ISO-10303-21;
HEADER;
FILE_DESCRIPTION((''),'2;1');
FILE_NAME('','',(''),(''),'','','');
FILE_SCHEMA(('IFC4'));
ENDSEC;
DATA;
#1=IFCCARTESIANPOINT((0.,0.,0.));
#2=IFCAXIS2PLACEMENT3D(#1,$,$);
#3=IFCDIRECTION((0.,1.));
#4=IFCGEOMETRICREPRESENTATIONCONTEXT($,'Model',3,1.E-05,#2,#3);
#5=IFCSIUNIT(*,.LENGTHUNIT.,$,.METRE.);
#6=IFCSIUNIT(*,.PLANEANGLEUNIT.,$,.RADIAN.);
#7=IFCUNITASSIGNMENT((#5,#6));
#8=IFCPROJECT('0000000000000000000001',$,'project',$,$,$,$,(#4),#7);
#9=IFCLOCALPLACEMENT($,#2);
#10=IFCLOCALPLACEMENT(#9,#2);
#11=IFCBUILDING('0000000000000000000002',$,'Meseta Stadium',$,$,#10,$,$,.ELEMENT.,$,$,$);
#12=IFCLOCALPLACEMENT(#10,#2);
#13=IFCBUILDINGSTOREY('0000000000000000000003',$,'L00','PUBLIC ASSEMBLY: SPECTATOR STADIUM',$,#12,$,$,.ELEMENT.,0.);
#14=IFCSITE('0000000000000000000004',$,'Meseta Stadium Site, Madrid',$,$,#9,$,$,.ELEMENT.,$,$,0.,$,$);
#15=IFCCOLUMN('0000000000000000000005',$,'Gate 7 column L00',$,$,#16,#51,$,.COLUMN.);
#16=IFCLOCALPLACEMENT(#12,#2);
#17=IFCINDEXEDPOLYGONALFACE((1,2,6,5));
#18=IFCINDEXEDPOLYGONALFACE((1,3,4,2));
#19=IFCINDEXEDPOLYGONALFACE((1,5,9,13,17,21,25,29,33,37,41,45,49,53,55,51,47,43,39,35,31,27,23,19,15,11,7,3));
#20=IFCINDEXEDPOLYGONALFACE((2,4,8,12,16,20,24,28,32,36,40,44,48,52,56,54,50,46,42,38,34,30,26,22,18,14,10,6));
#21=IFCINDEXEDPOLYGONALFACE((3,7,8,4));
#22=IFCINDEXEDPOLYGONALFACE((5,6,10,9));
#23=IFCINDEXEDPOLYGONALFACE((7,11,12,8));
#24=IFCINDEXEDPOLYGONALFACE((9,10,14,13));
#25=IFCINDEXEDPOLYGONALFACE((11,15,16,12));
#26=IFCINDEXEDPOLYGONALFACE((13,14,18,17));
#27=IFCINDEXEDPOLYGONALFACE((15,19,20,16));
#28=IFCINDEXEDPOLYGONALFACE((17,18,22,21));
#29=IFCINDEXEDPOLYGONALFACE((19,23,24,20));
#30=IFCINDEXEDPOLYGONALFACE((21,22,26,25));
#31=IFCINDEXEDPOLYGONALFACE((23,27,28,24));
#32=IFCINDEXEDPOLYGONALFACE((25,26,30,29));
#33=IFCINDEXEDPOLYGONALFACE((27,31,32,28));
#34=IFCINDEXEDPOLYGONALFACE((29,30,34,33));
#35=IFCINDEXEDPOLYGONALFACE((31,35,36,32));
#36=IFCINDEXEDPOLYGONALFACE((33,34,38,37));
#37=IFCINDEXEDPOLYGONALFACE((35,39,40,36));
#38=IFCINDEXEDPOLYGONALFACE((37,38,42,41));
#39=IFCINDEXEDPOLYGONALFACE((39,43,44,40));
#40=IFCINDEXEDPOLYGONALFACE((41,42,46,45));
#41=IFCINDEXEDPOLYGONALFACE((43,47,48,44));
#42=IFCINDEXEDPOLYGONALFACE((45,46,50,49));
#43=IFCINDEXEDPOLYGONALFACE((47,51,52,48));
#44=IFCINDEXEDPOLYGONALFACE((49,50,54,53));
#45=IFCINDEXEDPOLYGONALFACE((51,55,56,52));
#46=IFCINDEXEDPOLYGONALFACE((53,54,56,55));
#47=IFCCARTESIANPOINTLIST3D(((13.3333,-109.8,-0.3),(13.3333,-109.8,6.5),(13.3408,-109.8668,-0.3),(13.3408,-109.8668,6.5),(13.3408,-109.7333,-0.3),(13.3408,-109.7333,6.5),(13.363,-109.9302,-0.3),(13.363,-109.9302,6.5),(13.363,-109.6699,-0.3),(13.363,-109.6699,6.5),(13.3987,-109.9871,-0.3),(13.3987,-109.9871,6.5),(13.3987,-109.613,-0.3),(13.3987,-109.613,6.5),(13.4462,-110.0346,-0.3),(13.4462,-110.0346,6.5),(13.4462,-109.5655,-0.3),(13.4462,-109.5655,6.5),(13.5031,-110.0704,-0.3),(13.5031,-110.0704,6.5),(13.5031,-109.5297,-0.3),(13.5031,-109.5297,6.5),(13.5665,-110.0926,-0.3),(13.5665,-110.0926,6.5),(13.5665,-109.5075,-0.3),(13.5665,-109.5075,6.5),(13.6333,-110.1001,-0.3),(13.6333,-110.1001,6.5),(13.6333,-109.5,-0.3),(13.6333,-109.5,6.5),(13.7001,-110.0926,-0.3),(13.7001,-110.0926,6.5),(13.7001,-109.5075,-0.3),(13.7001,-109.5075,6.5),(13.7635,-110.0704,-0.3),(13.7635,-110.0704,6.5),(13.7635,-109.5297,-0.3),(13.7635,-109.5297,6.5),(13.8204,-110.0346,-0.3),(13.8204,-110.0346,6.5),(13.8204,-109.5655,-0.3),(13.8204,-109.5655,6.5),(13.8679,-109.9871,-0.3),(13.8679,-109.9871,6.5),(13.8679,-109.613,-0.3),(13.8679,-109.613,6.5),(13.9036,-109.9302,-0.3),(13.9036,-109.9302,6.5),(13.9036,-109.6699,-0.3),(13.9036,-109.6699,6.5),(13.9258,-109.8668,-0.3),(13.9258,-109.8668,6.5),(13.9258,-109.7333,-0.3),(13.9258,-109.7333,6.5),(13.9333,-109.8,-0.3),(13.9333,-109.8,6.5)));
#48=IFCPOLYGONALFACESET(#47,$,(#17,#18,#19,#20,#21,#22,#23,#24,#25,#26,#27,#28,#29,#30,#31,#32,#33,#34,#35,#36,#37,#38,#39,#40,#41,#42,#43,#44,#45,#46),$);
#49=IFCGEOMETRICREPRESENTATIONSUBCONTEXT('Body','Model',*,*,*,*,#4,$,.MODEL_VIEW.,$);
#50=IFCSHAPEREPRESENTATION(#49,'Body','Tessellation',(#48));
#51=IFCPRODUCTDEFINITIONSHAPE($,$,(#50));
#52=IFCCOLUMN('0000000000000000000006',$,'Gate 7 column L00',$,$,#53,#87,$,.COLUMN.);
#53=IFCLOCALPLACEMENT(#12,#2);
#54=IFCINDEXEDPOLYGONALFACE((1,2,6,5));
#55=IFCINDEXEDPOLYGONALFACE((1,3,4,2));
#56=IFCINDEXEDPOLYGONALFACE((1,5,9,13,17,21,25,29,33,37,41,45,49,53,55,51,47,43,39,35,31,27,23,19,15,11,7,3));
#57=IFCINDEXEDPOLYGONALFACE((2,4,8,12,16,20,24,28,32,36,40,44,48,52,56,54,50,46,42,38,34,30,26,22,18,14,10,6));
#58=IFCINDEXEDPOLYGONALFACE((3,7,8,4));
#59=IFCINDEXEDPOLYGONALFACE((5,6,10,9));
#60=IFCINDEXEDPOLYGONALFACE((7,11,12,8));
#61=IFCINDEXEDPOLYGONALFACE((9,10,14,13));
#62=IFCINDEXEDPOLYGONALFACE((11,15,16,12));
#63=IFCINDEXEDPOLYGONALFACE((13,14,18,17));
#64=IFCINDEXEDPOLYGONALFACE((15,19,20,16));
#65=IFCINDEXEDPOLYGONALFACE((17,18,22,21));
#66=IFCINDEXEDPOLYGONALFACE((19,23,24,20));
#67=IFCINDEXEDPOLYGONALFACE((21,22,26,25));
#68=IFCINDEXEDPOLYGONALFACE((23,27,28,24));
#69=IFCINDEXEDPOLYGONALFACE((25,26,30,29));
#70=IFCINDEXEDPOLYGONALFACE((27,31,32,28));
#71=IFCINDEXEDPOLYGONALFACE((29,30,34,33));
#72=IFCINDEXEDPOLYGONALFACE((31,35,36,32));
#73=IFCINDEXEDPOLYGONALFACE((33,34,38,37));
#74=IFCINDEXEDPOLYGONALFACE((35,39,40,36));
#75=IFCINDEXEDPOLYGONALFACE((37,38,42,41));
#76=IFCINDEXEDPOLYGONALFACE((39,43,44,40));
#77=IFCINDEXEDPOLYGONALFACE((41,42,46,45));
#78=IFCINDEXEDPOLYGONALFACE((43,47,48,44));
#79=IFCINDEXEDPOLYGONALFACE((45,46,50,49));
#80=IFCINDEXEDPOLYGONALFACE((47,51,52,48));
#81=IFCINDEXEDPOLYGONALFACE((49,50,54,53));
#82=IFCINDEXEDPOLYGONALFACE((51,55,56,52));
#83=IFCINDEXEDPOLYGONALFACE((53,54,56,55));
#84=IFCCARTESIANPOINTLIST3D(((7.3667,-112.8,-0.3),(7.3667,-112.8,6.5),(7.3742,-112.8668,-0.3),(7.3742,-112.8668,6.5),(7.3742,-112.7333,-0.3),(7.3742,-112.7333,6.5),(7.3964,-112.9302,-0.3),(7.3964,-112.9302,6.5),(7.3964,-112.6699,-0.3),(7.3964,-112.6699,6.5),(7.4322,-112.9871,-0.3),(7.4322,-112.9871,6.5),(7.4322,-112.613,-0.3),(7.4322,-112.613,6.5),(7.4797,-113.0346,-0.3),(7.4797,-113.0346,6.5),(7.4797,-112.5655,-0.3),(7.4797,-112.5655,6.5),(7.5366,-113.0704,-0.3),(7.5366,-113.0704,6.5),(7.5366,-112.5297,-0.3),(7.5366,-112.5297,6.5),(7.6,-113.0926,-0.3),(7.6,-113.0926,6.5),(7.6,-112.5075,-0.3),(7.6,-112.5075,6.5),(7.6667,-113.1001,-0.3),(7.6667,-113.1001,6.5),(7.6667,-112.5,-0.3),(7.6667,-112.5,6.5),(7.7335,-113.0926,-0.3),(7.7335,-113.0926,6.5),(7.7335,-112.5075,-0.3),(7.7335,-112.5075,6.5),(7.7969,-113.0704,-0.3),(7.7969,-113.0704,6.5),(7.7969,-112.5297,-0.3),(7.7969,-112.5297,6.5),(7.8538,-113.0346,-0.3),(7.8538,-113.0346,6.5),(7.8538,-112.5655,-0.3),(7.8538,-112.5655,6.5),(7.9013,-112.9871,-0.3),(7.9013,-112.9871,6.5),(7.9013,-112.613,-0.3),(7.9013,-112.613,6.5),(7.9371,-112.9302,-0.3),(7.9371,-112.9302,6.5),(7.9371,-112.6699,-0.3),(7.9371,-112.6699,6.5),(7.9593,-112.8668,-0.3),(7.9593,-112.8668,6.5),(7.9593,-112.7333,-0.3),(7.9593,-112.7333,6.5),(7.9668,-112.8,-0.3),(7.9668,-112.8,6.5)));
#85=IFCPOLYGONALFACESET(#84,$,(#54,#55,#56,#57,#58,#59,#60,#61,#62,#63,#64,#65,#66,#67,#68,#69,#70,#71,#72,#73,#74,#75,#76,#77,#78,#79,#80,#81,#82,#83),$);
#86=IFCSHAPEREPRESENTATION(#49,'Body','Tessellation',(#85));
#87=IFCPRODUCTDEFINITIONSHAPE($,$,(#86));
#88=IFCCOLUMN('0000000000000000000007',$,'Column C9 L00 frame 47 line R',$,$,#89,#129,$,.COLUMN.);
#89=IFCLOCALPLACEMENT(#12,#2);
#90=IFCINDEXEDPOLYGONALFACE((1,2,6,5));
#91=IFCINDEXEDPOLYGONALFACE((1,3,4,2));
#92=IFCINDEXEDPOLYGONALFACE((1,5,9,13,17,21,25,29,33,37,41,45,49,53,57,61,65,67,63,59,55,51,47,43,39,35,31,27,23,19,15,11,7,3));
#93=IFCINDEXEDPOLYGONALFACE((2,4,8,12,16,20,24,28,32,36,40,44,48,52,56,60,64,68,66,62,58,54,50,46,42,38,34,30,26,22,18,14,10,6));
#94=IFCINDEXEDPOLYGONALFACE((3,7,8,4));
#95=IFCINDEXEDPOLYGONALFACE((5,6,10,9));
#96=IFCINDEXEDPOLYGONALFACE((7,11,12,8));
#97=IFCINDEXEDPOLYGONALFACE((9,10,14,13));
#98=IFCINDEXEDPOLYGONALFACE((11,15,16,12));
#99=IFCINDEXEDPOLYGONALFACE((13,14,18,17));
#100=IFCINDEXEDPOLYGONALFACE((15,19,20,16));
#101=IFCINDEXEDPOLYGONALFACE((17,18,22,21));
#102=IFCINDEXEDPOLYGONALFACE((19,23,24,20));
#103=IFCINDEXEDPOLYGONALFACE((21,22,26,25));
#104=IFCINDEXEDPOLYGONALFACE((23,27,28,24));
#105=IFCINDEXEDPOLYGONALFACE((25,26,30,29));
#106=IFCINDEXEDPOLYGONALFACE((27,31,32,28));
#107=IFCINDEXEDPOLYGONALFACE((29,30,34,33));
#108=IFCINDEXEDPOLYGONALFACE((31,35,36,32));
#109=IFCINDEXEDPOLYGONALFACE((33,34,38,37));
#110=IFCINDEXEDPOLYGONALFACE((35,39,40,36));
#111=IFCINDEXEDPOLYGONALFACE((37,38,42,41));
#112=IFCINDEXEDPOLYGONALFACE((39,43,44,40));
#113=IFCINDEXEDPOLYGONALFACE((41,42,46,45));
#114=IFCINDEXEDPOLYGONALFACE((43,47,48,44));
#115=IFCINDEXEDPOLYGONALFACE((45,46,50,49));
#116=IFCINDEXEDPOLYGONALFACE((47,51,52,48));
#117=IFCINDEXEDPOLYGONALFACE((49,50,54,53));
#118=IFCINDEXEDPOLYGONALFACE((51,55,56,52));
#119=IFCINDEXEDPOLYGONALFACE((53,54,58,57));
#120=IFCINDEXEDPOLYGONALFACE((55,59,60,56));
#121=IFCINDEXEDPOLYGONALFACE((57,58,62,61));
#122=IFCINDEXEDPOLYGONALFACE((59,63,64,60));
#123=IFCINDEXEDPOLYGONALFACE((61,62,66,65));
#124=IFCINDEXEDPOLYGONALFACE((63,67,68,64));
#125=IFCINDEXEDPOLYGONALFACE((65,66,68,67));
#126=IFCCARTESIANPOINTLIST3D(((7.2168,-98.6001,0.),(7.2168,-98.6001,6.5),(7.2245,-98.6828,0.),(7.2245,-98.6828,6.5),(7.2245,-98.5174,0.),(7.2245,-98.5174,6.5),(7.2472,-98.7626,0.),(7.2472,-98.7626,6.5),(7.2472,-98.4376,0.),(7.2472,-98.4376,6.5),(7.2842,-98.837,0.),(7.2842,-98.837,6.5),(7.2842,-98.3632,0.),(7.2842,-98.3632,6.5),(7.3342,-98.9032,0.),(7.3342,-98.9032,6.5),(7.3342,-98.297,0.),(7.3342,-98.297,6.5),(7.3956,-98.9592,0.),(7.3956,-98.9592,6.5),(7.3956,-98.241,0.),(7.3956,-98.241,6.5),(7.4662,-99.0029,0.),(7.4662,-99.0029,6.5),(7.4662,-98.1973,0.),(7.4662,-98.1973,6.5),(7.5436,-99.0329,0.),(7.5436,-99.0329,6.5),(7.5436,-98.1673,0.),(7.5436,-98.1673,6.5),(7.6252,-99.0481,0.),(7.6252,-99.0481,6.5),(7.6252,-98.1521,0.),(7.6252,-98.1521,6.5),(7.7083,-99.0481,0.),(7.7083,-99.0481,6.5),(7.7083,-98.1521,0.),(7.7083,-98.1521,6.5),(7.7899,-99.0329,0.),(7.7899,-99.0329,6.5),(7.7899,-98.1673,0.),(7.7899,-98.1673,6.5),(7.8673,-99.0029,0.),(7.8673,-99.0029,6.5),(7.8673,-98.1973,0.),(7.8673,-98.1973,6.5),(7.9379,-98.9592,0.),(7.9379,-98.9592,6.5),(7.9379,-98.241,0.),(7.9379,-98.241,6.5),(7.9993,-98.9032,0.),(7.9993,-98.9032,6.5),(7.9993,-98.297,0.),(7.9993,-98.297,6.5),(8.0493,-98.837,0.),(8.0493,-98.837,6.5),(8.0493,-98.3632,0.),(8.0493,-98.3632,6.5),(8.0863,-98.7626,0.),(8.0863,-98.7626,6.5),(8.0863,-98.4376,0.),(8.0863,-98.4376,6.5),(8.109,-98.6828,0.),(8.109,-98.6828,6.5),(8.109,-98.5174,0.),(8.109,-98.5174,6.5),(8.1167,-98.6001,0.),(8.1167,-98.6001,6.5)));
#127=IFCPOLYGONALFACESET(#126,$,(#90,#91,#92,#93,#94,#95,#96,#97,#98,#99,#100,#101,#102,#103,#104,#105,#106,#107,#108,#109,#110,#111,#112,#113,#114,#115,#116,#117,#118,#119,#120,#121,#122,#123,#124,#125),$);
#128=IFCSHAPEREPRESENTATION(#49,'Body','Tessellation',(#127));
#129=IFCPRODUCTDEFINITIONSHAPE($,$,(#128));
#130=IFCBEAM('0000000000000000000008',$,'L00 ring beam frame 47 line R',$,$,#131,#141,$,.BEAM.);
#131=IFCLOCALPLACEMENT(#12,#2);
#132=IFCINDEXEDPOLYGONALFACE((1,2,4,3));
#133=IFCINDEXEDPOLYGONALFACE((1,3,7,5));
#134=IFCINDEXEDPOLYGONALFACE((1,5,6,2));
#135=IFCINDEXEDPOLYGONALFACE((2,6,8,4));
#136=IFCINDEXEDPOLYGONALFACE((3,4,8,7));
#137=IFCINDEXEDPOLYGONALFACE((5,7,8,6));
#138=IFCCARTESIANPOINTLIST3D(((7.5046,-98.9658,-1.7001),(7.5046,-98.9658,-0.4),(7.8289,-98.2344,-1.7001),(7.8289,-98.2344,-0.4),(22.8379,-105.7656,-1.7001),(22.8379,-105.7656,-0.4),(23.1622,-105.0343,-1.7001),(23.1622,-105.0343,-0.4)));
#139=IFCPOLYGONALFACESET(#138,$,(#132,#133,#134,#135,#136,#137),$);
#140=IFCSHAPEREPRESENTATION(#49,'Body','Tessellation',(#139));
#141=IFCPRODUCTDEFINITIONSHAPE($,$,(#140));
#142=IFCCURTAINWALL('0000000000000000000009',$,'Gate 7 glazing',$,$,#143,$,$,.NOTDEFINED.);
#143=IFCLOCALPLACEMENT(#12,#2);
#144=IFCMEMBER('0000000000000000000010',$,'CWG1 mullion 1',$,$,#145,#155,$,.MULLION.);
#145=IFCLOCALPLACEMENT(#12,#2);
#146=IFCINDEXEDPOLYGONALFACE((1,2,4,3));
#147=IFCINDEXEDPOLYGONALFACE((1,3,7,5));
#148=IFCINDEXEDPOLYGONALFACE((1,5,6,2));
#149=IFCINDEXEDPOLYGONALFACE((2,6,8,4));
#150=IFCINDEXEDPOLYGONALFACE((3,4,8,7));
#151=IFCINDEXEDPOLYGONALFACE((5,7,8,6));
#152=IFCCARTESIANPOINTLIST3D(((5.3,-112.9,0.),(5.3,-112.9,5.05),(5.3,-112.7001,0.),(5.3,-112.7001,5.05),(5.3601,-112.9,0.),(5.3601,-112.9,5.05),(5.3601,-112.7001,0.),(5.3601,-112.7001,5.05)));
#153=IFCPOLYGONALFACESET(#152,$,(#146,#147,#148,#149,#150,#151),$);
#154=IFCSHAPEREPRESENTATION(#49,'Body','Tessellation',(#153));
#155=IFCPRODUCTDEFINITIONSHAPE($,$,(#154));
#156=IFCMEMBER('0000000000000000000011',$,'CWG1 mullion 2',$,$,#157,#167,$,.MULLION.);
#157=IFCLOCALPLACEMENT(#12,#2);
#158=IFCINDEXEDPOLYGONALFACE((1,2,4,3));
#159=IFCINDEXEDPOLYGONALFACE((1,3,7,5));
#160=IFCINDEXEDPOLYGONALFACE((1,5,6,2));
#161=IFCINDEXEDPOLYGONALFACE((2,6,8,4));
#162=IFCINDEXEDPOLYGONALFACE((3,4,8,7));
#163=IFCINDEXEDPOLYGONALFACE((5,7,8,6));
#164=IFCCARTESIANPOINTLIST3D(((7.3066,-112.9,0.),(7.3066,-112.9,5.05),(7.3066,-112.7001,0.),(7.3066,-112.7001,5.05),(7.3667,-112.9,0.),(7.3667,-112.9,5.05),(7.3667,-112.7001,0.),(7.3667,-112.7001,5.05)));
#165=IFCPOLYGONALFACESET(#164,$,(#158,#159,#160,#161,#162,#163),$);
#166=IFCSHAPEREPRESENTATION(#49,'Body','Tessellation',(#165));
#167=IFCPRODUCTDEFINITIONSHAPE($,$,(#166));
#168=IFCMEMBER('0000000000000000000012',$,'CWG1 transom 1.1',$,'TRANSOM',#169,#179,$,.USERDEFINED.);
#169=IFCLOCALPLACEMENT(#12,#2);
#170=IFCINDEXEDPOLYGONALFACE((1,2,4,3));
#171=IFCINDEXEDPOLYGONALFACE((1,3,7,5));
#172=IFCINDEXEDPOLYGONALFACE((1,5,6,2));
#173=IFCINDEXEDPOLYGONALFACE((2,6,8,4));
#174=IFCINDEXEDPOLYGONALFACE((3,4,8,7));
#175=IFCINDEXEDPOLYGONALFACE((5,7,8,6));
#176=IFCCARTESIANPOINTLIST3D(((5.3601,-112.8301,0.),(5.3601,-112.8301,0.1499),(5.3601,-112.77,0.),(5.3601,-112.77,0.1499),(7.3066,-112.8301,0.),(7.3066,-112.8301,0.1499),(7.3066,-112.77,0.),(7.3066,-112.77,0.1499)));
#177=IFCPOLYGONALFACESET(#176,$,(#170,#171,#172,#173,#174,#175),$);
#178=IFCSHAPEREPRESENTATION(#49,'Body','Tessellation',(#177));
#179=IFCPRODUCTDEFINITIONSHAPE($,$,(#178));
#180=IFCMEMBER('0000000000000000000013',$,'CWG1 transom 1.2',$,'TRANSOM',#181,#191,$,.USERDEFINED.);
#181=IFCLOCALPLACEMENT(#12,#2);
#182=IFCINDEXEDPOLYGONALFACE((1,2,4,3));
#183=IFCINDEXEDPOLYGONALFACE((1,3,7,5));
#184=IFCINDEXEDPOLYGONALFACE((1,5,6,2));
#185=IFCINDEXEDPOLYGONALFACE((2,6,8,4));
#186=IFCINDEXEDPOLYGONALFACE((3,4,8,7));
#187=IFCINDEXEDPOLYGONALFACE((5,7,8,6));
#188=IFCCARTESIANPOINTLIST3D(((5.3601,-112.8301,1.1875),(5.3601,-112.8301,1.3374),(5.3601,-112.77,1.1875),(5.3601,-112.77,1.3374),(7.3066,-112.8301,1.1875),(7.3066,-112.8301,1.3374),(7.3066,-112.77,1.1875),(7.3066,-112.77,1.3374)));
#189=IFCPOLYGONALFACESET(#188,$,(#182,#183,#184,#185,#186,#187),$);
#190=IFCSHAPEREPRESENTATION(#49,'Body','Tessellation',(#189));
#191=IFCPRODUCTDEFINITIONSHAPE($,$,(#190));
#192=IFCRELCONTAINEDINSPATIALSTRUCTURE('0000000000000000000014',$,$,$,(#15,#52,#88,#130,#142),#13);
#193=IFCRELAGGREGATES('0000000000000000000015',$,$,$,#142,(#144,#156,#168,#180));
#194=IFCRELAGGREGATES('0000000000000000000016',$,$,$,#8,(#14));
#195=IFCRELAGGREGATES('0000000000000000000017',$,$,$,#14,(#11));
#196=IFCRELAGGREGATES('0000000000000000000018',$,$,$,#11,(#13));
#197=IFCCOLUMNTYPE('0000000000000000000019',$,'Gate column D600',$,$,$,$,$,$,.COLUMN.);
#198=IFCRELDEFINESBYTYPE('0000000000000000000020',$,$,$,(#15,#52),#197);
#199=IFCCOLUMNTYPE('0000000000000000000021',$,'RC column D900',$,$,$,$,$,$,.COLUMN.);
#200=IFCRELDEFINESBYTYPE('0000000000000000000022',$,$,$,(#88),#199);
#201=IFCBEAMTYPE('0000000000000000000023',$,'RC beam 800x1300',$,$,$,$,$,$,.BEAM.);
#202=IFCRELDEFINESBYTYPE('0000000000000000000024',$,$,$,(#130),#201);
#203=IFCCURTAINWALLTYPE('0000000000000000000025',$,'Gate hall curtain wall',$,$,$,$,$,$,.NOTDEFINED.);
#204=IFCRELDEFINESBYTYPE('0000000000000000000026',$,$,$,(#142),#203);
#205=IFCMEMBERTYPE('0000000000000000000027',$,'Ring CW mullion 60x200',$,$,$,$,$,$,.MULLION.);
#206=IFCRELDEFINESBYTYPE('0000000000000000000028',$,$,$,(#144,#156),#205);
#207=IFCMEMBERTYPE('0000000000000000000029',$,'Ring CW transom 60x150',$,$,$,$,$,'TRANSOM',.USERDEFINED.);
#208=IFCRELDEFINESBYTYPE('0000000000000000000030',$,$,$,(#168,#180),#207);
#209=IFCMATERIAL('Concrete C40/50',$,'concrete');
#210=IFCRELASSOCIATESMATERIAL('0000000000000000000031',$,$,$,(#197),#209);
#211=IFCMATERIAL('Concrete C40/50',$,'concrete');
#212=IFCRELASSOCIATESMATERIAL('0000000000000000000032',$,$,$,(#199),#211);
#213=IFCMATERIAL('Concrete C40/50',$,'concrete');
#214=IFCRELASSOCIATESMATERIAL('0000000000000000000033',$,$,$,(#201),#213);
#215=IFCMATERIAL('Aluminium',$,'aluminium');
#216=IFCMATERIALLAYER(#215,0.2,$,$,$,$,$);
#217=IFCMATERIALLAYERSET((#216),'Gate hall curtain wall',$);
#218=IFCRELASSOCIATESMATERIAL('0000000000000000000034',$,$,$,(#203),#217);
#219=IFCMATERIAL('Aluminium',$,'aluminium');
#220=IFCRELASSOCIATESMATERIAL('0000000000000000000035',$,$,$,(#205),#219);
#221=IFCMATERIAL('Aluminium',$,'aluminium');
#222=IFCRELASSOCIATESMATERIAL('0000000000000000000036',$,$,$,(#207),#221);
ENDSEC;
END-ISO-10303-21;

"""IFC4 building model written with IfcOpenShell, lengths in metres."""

from ifc_helpers import new_model, si_unit, direction, frame, origin, origin_2d, place, context, subcontext, project, spatial, rectangle, circle, extrude, material, layer, layer_set, material_profile, profile_set, type_object, element, aggregate, save


model = new_model("IFC4")

# Units and contexts
model_context = context("Model", 3, precision=1e-05, world=origin(), true_north=direction((0.0, 1.0)))
body_context = subcontext(model_context, "Body", "Model", "MODEL_VIEW")
ifc_project = project(units=[si_unit("LENGTHUNIT", "METRE"), si_unit("PLANEANGLEUNIT", "RADIAN")], contexts=[model_context])

# Site, building, storey
site_placement = place(None, origin())
site = spatial("IfcSite", under=ifc_project, at=site_placement, Name="Meseta Stadium Site, Madrid", CompositionType="ELEMENT", RefElevation=0.0)
building_placement = place(site_placement, origin())
building = spatial("IfcBuilding", under=site, at=building_placement, Name="Meseta Stadium", CompositionType="ELEMENT")
storey_placement = place(building_placement, origin())
storey = spatial("IfcBuildingStorey", under=building, at=storey_placement, Name="L00", Description="PUBLIC ASSEMBLY: SPECTATOR STADIUM", CompositionType="ELEMENT", Elevation=0.0)

# Columns
ifc_material_1 = material(Name="Concrete C40/50", Category="concrete")
ifc_material_profile_1 = material_profile(ifc_material_1, circle(Radius=0.3, at=origin_2d()), Name="RC D600")
ifc_profile_set_1 = profile_set([ifc_material_profile_1], Name="Concrete C40/50")
column_type_1 = type_object("IfcColumnType", Name="Gate column D600", PredefinedType="COLUMN", material=ifc_profile_set_1)
for number, where, z_axis, x_axis, name in (
    (1, (13.6333, -109.8, -0.3), (0.0, 0.0, 1.0), (1.0, 0.0, 0.0), "Gate 7 column L00"),
    (2, (7.6667, -112.8, -0.3), (0.0, 0.0, 1.0), (1.0, 0.0, 0.0), "Gate 7 column L00"),
):
    element("IfcColumn", number, at=place(storey_placement, frame(where, z_axis=z_axis, x_axis=x_axis)), inside=storey, type_object=column_type_1, Name=name, PredefinedType="COLUMN", context=body_context, shape_type="SweptSolid", body=[
        extrude(circle(Radius=0.3, at=origin_2d()), origin(), (0.0, 0.0, 1.0), 6.8),
    ])
ifc_material_2 = material(Name="Concrete C40/50", Category="concrete")
ifc_material_profile_2 = material_profile(ifc_material_2, circle(Radius=0.45, at=origin_2d()), Name="RC D900")
ifc_profile_set_2 = profile_set([ifc_material_profile_2], Name="Concrete C40/50")
column_type_2 = type_object("IfcColumnType", Name="RC column D900", PredefinedType="COLUMN", material=ifc_profile_set_2)
column_placement = place(storey_placement, frame((7.6667, -98.6001, 0.0), z_axis=(0.0, 0.0, 1.0), x_axis=(1.0, 0.0, 0.0)))
element("IfcColumn", 3, at=column_placement, inside=storey, type_object=column_type_2, Name="Column C9 L00 frame 47 line R", PredefinedType="COLUMN", context=body_context, shape_type="SweptSolid", body=[
    extrude(circle(Radius=0.45, at=origin_2d()), origin(), (0.0, 0.0, 1.0), 6.5),
])

# Beam
ifc_material_3 = material(Name="Concrete C40/50", Category="concrete")
ifc_material_profile_3 = material_profile(ifc_material_3, rectangle(XDim=0.8, YDim=1.3, at=origin_2d()), Name="RC 800x1300")
ifc_profile_set_3 = profile_set([ifc_material_profile_3], Name="Concrete C40/50")
beam_type = type_object("IfcBeamType", Name="RC beam 800x1300", PredefinedType="BEAM", material=ifc_profile_set_3)
beam_placement = place(storey_placement, frame((7.6667, -98.6001, -1.05), z_axis=(0.914143, -0.405393, 0.0), x_axis=(0.405393, 0.914143, 0.0)))
element("IfcBeam", 4, at=beam_placement, inside=storey, type_object=beam_type, Name="L00 ring beam frame 47 line R", PredefinedType="BEAM", context=body_context, shape_type="SweptSolid", body=[
    extrude(rectangle(XDim=0.8, YDim=1.3, at=origin_2d()), origin(), (0.0, 0.0, 1.0), 16.7734),
])

# Curtain wall, members
ifc_material_4 = material(Name="Aluminium", Category="aluminium")
ifc_layer_1 = layer(ifc_material_4, 0.2)
ifc_layer_set_1 = layer_set([ifc_layer_1], Name="Gate hall curtain wall")
curtain_wall_type = type_object("IfcCurtainWallType", Name="Gate hall curtain wall", PredefinedType="NOTDEFINED", material=ifc_layer_set_1)
curtain_wall_placement = place(storey_placement, origin())
curtain_wall = element("IfcCurtainWall", 5, at=curtain_wall_placement, inside=storey, type_object=curtain_wall_type, Name="Gate 7 glazing", PredefinedType="NOTDEFINED")
ifc_material_5 = material(Name="Aluminium", Category="aluminium")
ifc_material_profile_4 = material_profile(ifc_material_5, rectangle(XDim=0.2, YDim=0.0601, at=origin_2d()), Name="CW 200x60")
ifc_profile_set_4 = profile_set([ifc_material_profile_4], Name="Aluminium")
member_type_1 = type_object("IfcMemberType", Name="Ring CW mullion 60x200", PredefinedType="MULLION", material=ifc_profile_set_4)
member_1_placement = place(storey_placement, frame((5.3301, -112.8, 0.0), z_axis=(0.0, 0.0, 1.0), x_axis=(0.0, 1.0, 0.0)))
member_1 = element("IfcMember", 6, at=member_1_placement, type_object=member_type_1, Name="CWG1 mullion 1", PredefinedType="MULLION", context=body_context, shape_type="SweptSolid", body=[
    extrude(rectangle(XDim=0.2, YDim=0.0601, at=origin_2d()), origin(), (0.0, 0.0, 1.0), 5.05),
])
member_2_placement = place(storey_placement, frame((7.3367, -112.8, 0.0), z_axis=(0.0, 0.0, 1.0), x_axis=(0.0, 1.0, 0.0)))
member_2 = element("IfcMember", 7, at=member_2_placement, type_object=member_type_1, Name="CWG1 mullion 2", PredefinedType="MULLION", context=body_context, shape_type="SweptSolid", body=[
    extrude(rectangle(XDim=0.2, YDim=0.0601, at=origin_2d()), origin(), (0.0, 0.0, 1.0), 5.05),
])
ifc_material_6 = material(Name="Aluminium", Category="aluminium")
ifc_material_profile_5 = material_profile(ifc_material_6, rectangle(XDim=0.0601, YDim=0.1499, at=origin_2d()), Name="CW 60x150")
ifc_profile_set_5 = profile_set([ifc_material_profile_5], Name="Aluminium")
member_type_2 = type_object("IfcMemberType", Name="Ring CW transom 60x150", ElementType="TRANSOM", PredefinedType="USERDEFINED", material=ifc_profile_set_5)
member_3_placement = place(storey_placement, frame((5.3601, -112.8, 0.075), z_axis=(1.0, 0.0, 0.0), x_axis=(0.0, 1.0, 0.0)))
member_3 = element("IfcMember", 8, at=member_3_placement, type_object=member_type_2, Name="CWG1 transom 1.1", ObjectType="TRANSOM", PredefinedType="USERDEFINED", context=body_context, shape_type="SweptSolid", body=[
    extrude(rectangle(XDim=0.0601, YDim=0.1499, at=origin_2d()), origin(), (0.0, 0.0, 1.0), 1.9465),
])
member_4_placement = place(storey_placement, frame((5.3601, -112.8, 1.2625), z_axis=(1.0, 0.0, 0.0), x_axis=(0.0, 1.0, 0.0)))
member_4 = element("IfcMember", 9, at=member_4_placement, type_object=member_type_2, Name="CWG1 transom 1.2", ObjectType="TRANSOM", PredefinedType="USERDEFINED", context=body_context, shape_type="SweptSolid", body=[
    extrude(rectangle(XDim=0.0601, YDim=0.1499, at=origin_2d()), origin(), (0.0, 0.0, 1.0), 1.9465),
])
aggregate(curtain_wall, [member_1, member_2, member_3, member_4])

save(model, "model.ifc")
